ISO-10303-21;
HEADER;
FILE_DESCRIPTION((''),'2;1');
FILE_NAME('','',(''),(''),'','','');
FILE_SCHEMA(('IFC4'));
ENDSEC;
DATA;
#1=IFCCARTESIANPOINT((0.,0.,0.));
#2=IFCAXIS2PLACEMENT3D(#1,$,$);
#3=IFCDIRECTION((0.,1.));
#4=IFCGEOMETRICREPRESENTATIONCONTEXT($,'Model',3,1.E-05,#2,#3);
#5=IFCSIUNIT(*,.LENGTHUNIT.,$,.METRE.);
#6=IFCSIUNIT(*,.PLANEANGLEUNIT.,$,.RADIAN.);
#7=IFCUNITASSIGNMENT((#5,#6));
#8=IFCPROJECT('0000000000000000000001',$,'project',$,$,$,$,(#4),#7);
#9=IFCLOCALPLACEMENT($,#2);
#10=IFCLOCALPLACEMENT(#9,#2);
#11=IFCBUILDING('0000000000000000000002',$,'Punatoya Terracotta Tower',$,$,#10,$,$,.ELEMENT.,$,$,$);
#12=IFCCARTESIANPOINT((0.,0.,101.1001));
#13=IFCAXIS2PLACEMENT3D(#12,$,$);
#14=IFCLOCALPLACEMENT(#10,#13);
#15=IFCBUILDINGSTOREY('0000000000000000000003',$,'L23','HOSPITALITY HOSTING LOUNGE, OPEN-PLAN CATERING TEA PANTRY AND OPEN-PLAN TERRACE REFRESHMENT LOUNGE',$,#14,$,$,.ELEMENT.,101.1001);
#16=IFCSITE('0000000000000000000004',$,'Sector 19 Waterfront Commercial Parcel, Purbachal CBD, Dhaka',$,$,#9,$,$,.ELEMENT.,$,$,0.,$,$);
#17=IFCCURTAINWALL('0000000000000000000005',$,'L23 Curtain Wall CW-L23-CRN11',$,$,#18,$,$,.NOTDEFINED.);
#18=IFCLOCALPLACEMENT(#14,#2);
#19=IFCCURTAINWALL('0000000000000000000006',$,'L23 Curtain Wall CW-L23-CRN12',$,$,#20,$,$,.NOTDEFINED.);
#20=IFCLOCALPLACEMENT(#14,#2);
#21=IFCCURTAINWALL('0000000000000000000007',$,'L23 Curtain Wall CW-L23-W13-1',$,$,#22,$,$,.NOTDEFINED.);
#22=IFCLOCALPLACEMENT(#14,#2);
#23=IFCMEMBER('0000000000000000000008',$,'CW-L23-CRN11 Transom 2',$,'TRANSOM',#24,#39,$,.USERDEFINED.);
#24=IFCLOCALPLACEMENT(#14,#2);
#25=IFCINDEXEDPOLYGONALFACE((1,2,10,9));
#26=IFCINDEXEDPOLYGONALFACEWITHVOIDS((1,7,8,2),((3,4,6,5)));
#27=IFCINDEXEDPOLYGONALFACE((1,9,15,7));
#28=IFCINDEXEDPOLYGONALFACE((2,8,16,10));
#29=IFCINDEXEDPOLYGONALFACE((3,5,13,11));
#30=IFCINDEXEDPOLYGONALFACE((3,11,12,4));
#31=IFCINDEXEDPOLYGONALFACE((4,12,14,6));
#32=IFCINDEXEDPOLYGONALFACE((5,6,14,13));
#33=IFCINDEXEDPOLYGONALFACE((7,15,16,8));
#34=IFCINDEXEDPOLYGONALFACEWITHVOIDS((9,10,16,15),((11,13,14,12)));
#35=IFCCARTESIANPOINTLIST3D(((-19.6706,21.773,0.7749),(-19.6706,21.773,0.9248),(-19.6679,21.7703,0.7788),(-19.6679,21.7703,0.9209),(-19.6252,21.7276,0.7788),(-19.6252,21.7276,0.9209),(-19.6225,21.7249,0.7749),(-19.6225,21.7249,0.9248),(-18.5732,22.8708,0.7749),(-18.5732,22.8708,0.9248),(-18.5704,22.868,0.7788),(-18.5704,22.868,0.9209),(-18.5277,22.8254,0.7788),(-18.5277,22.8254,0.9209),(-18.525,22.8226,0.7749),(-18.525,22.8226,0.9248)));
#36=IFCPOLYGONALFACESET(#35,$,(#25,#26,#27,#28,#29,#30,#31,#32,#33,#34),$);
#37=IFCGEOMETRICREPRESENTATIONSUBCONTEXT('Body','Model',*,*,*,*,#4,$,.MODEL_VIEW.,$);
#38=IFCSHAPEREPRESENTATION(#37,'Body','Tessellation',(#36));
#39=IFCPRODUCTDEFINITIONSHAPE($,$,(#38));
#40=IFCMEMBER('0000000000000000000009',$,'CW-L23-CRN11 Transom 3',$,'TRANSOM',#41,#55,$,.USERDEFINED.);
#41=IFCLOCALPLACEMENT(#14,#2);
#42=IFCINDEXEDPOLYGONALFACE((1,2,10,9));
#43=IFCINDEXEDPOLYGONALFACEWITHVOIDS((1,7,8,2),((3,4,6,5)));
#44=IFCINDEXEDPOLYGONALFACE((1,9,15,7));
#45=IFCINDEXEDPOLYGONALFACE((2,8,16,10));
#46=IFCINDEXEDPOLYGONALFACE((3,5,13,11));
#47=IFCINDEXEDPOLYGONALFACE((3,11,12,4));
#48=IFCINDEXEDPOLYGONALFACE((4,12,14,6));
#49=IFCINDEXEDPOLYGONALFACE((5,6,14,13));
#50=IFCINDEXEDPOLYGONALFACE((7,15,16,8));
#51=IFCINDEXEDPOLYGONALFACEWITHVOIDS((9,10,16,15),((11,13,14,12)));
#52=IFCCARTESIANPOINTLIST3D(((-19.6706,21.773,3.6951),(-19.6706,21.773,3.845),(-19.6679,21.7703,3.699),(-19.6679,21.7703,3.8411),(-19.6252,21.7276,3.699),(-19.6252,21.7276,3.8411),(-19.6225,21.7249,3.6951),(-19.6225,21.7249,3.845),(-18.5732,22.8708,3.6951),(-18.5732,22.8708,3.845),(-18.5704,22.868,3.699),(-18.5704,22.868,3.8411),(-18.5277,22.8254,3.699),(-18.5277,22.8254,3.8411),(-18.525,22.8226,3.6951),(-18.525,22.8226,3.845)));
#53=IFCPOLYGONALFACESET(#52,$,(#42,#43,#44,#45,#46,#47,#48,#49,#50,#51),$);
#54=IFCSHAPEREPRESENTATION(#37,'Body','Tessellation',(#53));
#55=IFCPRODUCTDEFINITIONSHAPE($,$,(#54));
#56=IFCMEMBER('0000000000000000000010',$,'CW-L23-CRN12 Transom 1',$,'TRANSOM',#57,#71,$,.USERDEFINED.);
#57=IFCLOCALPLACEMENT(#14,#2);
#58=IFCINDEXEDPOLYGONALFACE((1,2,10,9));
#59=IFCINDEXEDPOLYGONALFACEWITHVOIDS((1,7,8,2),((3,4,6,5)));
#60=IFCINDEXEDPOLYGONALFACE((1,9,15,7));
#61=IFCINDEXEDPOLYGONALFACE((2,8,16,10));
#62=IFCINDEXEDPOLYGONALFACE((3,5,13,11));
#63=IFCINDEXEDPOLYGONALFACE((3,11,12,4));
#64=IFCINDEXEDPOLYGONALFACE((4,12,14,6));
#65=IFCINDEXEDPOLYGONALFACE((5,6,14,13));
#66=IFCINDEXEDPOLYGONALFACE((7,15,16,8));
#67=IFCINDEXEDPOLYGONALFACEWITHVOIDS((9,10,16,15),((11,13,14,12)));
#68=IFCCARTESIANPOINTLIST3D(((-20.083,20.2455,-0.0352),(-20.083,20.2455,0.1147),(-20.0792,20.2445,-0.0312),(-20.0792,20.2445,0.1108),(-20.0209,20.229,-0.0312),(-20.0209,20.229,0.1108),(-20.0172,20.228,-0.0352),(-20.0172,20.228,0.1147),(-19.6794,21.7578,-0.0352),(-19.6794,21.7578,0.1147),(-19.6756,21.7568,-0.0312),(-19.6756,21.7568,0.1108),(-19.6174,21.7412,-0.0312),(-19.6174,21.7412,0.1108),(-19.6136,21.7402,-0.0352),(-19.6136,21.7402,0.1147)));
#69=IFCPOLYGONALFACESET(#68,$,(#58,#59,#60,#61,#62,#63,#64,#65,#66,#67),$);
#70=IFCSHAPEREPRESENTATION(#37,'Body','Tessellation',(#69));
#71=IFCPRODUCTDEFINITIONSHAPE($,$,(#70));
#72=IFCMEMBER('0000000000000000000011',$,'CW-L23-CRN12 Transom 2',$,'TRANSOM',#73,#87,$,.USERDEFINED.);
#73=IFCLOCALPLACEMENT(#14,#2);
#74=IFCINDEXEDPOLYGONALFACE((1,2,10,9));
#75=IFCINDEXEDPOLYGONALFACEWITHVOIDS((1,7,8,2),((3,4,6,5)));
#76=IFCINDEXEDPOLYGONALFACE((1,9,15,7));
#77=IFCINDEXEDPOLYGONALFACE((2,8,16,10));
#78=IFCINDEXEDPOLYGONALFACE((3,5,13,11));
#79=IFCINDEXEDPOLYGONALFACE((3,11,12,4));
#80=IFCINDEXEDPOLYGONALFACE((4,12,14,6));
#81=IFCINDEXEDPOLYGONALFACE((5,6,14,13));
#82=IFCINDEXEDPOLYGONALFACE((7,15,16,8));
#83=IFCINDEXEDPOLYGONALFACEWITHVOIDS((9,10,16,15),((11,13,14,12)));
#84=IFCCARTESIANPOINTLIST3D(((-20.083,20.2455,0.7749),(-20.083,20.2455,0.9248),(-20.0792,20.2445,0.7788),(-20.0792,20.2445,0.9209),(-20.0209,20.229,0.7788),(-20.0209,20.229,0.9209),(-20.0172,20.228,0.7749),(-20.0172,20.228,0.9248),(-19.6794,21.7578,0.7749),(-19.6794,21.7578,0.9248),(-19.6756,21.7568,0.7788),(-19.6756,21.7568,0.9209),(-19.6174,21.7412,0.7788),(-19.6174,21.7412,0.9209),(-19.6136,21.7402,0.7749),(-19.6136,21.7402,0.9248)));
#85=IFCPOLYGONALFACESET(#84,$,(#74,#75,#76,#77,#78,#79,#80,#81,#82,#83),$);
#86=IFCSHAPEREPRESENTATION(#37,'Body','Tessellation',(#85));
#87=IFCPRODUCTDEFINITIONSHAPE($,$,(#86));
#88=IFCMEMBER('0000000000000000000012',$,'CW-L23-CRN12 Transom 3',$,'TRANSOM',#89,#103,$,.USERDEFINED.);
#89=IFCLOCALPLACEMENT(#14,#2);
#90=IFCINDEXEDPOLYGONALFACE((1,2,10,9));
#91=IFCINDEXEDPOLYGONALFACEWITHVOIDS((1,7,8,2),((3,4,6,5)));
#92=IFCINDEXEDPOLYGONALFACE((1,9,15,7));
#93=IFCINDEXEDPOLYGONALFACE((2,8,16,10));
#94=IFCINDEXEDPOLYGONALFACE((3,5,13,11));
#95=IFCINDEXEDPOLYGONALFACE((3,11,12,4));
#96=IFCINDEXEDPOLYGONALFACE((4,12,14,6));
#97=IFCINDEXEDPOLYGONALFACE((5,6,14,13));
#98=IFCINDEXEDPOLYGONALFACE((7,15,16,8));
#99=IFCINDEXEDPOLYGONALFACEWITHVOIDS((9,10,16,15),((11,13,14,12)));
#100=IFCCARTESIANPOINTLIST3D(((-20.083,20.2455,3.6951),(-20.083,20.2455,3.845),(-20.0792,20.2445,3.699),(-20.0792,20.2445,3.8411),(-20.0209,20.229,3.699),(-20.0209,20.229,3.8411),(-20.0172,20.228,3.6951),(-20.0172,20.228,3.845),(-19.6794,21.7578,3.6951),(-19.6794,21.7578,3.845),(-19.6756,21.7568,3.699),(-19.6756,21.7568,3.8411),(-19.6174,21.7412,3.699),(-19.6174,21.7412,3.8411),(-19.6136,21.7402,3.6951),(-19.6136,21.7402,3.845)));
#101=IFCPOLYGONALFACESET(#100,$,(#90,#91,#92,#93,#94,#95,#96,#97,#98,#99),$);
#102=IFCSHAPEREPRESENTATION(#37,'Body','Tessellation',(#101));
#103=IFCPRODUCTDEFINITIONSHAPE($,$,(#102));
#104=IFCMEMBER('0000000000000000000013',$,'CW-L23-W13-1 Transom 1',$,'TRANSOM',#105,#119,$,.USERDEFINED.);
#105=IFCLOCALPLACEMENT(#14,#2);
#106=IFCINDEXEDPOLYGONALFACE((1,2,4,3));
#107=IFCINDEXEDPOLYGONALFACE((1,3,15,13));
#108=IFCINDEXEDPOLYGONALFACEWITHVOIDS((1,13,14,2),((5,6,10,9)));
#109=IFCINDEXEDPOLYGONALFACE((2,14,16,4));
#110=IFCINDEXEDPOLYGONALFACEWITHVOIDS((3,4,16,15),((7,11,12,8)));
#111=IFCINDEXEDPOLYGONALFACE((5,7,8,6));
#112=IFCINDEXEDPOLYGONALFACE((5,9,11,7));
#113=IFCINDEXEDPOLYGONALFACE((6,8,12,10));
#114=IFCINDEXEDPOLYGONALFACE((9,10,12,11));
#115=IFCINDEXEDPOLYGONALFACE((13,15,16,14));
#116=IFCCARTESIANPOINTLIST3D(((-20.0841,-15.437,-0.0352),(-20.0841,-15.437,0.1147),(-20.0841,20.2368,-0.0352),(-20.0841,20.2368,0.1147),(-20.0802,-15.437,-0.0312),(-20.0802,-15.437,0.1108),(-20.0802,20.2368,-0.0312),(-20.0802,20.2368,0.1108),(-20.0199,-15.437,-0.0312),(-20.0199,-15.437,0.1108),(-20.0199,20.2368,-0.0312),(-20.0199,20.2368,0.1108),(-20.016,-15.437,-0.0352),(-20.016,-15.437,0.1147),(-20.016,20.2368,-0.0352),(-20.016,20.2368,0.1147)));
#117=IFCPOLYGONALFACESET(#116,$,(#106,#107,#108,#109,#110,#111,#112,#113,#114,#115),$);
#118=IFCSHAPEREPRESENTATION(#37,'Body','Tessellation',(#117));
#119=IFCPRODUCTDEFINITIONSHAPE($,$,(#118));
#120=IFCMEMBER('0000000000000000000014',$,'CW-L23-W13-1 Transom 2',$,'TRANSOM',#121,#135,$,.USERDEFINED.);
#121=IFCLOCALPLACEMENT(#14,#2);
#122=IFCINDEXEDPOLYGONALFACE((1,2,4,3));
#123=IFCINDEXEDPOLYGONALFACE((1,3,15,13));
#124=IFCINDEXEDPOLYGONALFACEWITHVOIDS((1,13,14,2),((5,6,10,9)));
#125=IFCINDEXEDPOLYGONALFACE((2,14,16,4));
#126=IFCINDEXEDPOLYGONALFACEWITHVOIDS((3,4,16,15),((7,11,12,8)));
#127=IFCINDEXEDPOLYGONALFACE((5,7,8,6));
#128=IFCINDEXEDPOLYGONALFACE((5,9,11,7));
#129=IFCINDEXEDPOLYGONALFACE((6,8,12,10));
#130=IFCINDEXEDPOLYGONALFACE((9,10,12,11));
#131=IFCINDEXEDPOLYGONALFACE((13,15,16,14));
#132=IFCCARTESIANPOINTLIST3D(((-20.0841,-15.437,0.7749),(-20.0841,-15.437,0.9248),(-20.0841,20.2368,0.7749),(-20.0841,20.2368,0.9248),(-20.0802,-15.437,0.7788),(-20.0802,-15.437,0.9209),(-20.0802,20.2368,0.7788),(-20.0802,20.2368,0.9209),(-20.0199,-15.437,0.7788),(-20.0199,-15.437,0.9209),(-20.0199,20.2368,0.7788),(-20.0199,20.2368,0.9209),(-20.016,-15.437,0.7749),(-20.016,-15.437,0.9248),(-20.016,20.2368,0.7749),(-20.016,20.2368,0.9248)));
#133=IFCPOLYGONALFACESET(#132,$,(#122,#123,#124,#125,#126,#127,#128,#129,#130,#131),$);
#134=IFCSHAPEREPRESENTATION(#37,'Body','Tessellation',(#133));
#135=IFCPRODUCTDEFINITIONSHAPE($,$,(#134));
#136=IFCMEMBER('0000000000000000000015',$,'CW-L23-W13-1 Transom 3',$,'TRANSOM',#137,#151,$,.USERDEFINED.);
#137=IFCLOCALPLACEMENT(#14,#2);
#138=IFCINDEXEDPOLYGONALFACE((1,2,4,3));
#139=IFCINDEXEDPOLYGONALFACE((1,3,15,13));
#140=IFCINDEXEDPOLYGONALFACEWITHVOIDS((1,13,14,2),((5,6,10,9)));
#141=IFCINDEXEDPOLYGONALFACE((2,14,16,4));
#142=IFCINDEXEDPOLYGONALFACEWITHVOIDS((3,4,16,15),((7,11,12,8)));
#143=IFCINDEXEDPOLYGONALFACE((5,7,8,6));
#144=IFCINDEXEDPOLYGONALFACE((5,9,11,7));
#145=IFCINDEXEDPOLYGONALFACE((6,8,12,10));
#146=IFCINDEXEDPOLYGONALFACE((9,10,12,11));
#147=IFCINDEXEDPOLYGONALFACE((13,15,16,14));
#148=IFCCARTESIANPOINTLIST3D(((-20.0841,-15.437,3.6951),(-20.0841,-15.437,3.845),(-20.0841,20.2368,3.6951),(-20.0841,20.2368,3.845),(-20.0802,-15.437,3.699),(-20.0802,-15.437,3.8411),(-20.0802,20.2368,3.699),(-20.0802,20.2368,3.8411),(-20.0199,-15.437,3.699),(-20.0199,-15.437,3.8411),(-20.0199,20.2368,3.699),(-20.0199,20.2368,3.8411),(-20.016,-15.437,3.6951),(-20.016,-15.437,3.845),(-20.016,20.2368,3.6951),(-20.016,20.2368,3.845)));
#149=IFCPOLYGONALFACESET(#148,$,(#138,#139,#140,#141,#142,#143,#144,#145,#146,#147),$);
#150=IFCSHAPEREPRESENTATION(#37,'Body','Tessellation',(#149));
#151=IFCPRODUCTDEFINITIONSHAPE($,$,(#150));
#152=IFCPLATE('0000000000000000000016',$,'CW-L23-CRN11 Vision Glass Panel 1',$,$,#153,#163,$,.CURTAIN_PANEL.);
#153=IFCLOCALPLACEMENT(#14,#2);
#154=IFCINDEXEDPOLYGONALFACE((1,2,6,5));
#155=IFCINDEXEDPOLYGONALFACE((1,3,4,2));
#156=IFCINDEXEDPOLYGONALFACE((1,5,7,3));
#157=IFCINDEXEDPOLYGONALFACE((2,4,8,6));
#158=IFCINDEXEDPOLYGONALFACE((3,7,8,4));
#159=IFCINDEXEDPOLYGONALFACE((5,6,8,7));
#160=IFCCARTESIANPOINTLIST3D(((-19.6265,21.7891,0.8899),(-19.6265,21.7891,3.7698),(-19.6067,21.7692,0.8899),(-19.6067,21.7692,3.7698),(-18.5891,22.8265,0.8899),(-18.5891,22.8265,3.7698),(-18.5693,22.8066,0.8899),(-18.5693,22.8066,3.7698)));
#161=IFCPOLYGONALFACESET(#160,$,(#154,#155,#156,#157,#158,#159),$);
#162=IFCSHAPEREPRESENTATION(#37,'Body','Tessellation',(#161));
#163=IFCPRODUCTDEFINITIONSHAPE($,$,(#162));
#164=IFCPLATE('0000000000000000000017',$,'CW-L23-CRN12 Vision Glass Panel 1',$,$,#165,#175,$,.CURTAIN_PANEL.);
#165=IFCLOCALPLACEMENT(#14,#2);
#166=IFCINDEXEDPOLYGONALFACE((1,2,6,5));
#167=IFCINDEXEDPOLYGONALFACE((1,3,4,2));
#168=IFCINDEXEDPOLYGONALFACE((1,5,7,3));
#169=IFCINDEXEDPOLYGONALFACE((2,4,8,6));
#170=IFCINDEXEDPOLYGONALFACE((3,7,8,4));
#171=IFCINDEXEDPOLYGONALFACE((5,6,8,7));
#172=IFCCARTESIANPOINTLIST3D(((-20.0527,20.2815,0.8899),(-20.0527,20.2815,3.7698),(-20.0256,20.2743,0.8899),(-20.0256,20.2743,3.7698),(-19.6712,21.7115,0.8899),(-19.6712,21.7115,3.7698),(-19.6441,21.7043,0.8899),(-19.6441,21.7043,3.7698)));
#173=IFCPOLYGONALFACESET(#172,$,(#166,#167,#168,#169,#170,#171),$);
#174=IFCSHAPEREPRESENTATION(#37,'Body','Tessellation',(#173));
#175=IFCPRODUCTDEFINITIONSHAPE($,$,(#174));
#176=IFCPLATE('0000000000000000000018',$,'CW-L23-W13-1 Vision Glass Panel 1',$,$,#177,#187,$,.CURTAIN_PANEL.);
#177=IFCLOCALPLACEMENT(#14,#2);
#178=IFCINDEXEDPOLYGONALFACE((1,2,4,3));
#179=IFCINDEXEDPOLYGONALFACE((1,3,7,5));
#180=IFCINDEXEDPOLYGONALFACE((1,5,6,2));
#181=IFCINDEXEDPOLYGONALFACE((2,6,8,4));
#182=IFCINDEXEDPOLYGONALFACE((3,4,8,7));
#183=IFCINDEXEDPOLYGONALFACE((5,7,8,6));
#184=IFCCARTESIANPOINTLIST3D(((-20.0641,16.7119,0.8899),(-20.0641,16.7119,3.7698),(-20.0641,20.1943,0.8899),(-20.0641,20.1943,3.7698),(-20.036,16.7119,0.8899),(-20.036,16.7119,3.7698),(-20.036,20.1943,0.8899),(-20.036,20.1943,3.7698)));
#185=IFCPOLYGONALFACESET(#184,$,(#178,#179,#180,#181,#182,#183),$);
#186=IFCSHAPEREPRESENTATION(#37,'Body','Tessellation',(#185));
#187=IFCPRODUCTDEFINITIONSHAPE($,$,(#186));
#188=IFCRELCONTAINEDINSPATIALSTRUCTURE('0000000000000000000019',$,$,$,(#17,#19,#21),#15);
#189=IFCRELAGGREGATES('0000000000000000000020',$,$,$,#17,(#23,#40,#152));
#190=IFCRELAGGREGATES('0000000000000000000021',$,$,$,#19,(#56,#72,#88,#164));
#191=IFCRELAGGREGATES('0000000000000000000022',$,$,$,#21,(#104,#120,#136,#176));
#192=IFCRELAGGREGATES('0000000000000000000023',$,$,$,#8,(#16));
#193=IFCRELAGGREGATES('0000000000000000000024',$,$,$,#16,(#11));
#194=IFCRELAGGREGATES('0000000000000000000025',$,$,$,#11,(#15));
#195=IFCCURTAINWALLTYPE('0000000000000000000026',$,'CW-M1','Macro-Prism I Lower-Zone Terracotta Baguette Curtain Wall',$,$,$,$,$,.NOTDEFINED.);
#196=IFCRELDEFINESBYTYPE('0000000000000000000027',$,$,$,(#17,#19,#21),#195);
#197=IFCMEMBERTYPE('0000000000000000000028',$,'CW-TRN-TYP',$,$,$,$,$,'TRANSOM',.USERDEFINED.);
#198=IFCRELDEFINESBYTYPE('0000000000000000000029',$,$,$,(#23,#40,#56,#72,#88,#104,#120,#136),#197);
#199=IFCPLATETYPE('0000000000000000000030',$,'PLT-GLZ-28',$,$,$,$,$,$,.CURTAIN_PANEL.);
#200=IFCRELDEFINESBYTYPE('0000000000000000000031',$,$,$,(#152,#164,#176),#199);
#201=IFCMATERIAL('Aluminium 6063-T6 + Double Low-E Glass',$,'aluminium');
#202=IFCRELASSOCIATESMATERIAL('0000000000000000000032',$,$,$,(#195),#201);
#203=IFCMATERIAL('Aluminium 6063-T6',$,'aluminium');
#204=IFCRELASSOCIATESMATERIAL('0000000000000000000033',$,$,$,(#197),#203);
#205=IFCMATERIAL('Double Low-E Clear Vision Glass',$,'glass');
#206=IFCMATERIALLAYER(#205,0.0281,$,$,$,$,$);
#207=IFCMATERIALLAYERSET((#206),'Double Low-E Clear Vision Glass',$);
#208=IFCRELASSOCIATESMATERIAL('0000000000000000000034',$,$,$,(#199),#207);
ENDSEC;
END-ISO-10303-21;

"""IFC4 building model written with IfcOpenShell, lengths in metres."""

from ifc_helpers import new_model, si_unit, direction, frame, origin, origin_2d, place, context, subcontext, project, spatial, rectangle, hollow_rectangle, extrude, material, layer, layer_set, material_profile, profile_set, type_object, element, aggregate, save


model = new_model("IFC4")

# Units and contexts
model_context = context("Model", 3, precision=1e-05, world=origin(), true_north=direction((0.0, 1.0)))
body_context = subcontext(model_context, "Body", "Model", "MODEL_VIEW")
ifc_project = project(units=[si_unit("LENGTHUNIT", "METRE"), si_unit("PLANEANGLEUNIT", "RADIAN")], contexts=[model_context])

# Site, building, storey
site_placement = place(None, origin())
site = spatial("IfcSite", under=ifc_project, at=site_placement, Name="Sector 19 Waterfront Commercial Parcel, Purbachal CBD, Dhaka", CompositionType="ELEMENT", RefElevation=0.0)
building_placement = place(site_placement, origin())
building = spatial("IfcBuilding", under=site, at=building_placement, Name="Punatoya Terracotta Tower", CompositionType="ELEMENT")
storey_placement = place(building_placement, frame((0.0, 0.0, 101.1001)))
storey = spatial("IfcBuildingStorey", under=building, at=storey_placement, Name="L23", Description="HOSPITALITY HOSTING LOUNGE, OPEN-PLAN CATERING TEA PANTRY AND OPEN-PLAN TERRACE REFRESHMENT LOUNGE", CompositionType="ELEMENT", Elevation=101.1001)

# Shared definitions
ifc_material_1 = material(Name="Aluminium 6063-T6 + Double Low-E Glass", Category="aluminium")
curtain_wall_type = type_object("IfcCurtainWallType", Name="CW-M1", Description="Macro-Prism I Lower-Zone Terracotta Baguette Curtain Wall", PredefinedType="NOTDEFINED", material=ifc_material_1)
ifc_material_2 = material(Name="Aluminium 6063-T6", Category="aluminium")

# Curtain walls
curtain_wall_1_placement = place(storey_placement, origin())
curtain_wall_1 = element("IfcCurtainWall", 1, at=curtain_wall_1_placement, inside=storey, type_object=curtain_wall_type, Name="L23 Curtain Wall CW-L23-CRN11", PredefinedType="NOTDEFINED")
curtain_wall_2_placement = place(storey_placement, origin())
curtain_wall_2 = element("IfcCurtainWall", 2, at=curtain_wall_2_placement, inside=storey, type_object=curtain_wall_type, Name="L23 Curtain Wall CW-L23-CRN12", PredefinedType="NOTDEFINED")
curtain_wall_3_placement = place(storey_placement, origin())
curtain_wall_3 = element("IfcCurtainWall", 3, at=curtain_wall_3_placement, inside=storey, type_object=curtain_wall_type, Name="L23 Curtain Wall CW-L23-W13-1", PredefinedType="NOTDEFINED")

# Members
ifc_material_profile_1 = material_profile(ifc_material_2, hollow_rectangle(XDim=0.0681, YDim=0.1499, WallThickness=0.0039, at=origin_2d()))
ifc_profile_set_1 = profile_set([ifc_material_profile_1], Name="Aluminium 6063-T6")
member_type_1 = type_object("IfcMemberType", Name="CW-TRN-TYP", ElementType="TRANSOM", PredefinedType="USERDEFINED", material=ifc_profile_set_1)
member_1_placement = place(storey_placement, frame((-18.5491, 22.8467, 0.8499), z_axis=(-0.707028, -0.707185, 0.0), x_axis=(0.707185, -0.707028, 0.0)))
member_1 = element("IfcMember", 4, at=member_1_placement, type_object=member_type_1, Name="CW-L23-CRN11 Transom 2", ObjectType="TRANSOM", PredefinedType="USERDEFINED", context=body_context, shape_type="SweptSolid", body=[
    extrude(hollow_rectangle(XDim=0.0681, YDim=0.1499, WallThickness=0.0039, at=origin_2d()), origin(), (0.0, 0.0, 1.0), 1.5522),
])
member_2_placement = place(storey_placement, frame((-18.5491, 22.8467, 3.77), z_axis=(-0.707028, -0.707185, 0.0), x_axis=(0.707185, -0.707028, 0.0)))
member_2 = element("IfcMember", 5, at=member_2_placement, type_object=member_type_1, Name="CW-L23-CRN11 Transom 3", ObjectType="TRANSOM", PredefinedType="USERDEFINED", context=body_context, shape_type="SweptSolid", body=[
    extrude(hollow_rectangle(XDim=0.0681, YDim=0.1499, WallThickness=0.0039, at=origin_2d()), origin(), (0.0, 0.0, 1.0), 1.5522),
])
member_3_placement = place(storey_placement, frame((-19.6465, 21.749, 0.0398), z_axis=(-0.257847, -0.966186, 0.0), x_axis=(0.966186, -0.257847, 0.0)))
member_3 = element("IfcMember", 6, at=member_3_placement, type_object=member_type_1, Name="CW-L23-CRN12 Transom 1", ObjectType="TRANSOM", PredefinedType="USERDEFINED", context=body_context, shape_type="SweptSolid", body=[
    extrude(hollow_rectangle(XDim=0.0681, YDim=0.1499, WallThickness=0.0039, at=origin_2d()), origin(), (0.0, 0.0, 1.0), 1.5652),
])
member_4_placement = place(storey_placement, frame((-19.6465, 21.749, 0.8499), z_axis=(-0.257847, -0.966186, 0.0), x_axis=(0.966186, -0.257847, 0.0)))
member_4 = element("IfcMember", 7, at=member_4_placement, type_object=member_type_1, Name="CW-L23-CRN12 Transom 2", ObjectType="TRANSOM", PredefinedType="USERDEFINED", context=body_context, shape_type="SweptSolid", body=[
    extrude(hollow_rectangle(XDim=0.0681, YDim=0.1499, WallThickness=0.0039, at=origin_2d()), origin(), (0.0, 0.0, 1.0), 1.5652),
])
member_5_placement = place(storey_placement, frame((-19.6465, 21.749, 3.77), z_axis=(-0.257847, -0.966186, 0.0), x_axis=(0.966186, -0.257847, 0.0)))
member_5 = element("IfcMember", 8, at=member_5_placement, type_object=member_type_1, Name="CW-L23-CRN12 Transom 3", ObjectType="TRANSOM", PredefinedType="USERDEFINED", context=body_context, shape_type="SweptSolid", body=[
    extrude(hollow_rectangle(XDim=0.0681, YDim=0.1499, WallThickness=0.0039, at=origin_2d()), origin(), (0.0, 0.0, 1.0), 1.5652),
])
member_6_placement = place(storey_placement, frame((-20.05, 20.2368, 0.0398), z_axis=(0.0, -1.0, 0.0), x_axis=(1.0, 0.0, 0.0)))
member_6 = element("IfcMember", 9, at=member_6_placement, type_object=member_type_1, Name="CW-L23-W13-1 Transom 1", ObjectType="TRANSOM", PredefinedType="USERDEFINED", context=body_context, shape_type="SweptSolid", body=[
    extrude(hollow_rectangle(XDim=0.0681, YDim=0.1499, WallThickness=0.0039, at=origin_2d()), origin(), (0.0, 0.0, 1.0), 35.6738),
])
member_7_placement = place(storey_placement, frame((-20.05, 20.2368, 0.8499), z_axis=(0.0, -1.0, 0.0), x_axis=(1.0, 0.0, 0.0)))
member_7 = element("IfcMember", 10, at=member_7_placement, type_object=member_type_1, Name="CW-L23-W13-1 Transom 2", ObjectType="TRANSOM", PredefinedType="USERDEFINED", context=body_context, shape_type="SweptSolid", body=[
    extrude(hollow_rectangle(XDim=0.0681, YDim=0.1499, WallThickness=0.0039, at=origin_2d()), origin(), (0.0, 0.0, 1.0), 35.6738),
])
member_8_placement = place(storey_placement, frame((-20.05, 20.2368, 3.77), z_axis=(0.0, -1.0, 0.0), x_axis=(1.0, 0.0, 0.0)))
member_8 = element("IfcMember", 11, at=member_8_placement, type_object=member_type_1, Name="CW-L23-W13-1 Transom 3", ObjectType="TRANSOM", PredefinedType="USERDEFINED", context=body_context, shape_type="SweptSolid", body=[
    extrude(hollow_rectangle(XDim=0.0681, YDim=0.1499, WallThickness=0.0039, at=origin_2d()), origin(), (0.0, 0.0, 1.0), 35.6738),
])

# Plates
ifc_material_3 = material(Name="Double Low-E Clear Vision Glass", Category="glass")
ifc_layer_1 = layer(ifc_material_3, 0.0281)
ifc_layer_set_1 = layer_set([ifc_layer_1], Name="Double Low-E Clear Vision Glass")
plate_type_1 = type_object("IfcPlateType", Name="PLT-GLZ-28", PredefinedType="CURTAIN_PANEL", material=ifc_layer_set_1)
plate_1_placement = place(storey_placement, frame((-19.0979, 22.2979, 0.8899), z_axis=(0.0, 0.0, 1.0), x_axis=(-0.707107, -0.707107, 0.0)))
plate_1 = element("IfcPlate", 12, at=plate_1_placement, type_object=plate_type_1, Name="CW-L23-CRN11 Vision Glass Panel 1", PredefinedType="CURTAIN_PANEL", context=body_context, shape_type="SweptSolid", body=[
    extrude(rectangle(XDim=1.467, YDim=0.0281, at=origin_2d()), origin(), (0.0, 0.0, 1.0), 2.8799),
])
plate_2_placement = place(storey_placement, frame((-19.8484, 20.9929, 0.8899), z_axis=(0.0, 0.0, 1.0), x_axis=(-0.257742, -0.966214, 0.0)))
plate_2 = element("IfcPlate", 13, at=plate_2_placement, type_object=plate_type_1, Name="CW-L23-CRN12 Vision Glass Panel 1", PredefinedType="CURTAIN_PANEL", context=body_context, shape_type="SweptSolid", body=[
    extrude(rectangle(XDim=1.48, YDim=0.0281, at=origin_2d()), origin(), (0.0, 0.0, 1.0), 2.8799),
])
plate_3_placement = place(storey_placement, frame((-20.05, 18.4531, 0.8899), z_axis=(0.0, 0.0, 1.0), x_axis=(0.0, -1.0, 0.0)))
plate_3 = element("IfcPlate", 14, at=plate_3_placement, type_object=plate_type_1, Name="CW-L23-W13-1 Vision Glass Panel 1", PredefinedType="CURTAIN_PANEL", context=body_context, shape_type="SweptSolid", body=[
    extrude(rectangle(XDim=3.4824, YDim=0.0281, at=origin_2d()), origin(), (0.0, 0.0, 1.0), 2.8799),
])
aggregate(curtain_wall_1, [member_1, member_2, plate_1])
aggregate(curtain_wall_2, [member_3, member_4, member_5, plate_2])
aggregate(curtain_wall_3, [member_6, member_7, member_8, plate_3])

save(model, "model.ifc")
